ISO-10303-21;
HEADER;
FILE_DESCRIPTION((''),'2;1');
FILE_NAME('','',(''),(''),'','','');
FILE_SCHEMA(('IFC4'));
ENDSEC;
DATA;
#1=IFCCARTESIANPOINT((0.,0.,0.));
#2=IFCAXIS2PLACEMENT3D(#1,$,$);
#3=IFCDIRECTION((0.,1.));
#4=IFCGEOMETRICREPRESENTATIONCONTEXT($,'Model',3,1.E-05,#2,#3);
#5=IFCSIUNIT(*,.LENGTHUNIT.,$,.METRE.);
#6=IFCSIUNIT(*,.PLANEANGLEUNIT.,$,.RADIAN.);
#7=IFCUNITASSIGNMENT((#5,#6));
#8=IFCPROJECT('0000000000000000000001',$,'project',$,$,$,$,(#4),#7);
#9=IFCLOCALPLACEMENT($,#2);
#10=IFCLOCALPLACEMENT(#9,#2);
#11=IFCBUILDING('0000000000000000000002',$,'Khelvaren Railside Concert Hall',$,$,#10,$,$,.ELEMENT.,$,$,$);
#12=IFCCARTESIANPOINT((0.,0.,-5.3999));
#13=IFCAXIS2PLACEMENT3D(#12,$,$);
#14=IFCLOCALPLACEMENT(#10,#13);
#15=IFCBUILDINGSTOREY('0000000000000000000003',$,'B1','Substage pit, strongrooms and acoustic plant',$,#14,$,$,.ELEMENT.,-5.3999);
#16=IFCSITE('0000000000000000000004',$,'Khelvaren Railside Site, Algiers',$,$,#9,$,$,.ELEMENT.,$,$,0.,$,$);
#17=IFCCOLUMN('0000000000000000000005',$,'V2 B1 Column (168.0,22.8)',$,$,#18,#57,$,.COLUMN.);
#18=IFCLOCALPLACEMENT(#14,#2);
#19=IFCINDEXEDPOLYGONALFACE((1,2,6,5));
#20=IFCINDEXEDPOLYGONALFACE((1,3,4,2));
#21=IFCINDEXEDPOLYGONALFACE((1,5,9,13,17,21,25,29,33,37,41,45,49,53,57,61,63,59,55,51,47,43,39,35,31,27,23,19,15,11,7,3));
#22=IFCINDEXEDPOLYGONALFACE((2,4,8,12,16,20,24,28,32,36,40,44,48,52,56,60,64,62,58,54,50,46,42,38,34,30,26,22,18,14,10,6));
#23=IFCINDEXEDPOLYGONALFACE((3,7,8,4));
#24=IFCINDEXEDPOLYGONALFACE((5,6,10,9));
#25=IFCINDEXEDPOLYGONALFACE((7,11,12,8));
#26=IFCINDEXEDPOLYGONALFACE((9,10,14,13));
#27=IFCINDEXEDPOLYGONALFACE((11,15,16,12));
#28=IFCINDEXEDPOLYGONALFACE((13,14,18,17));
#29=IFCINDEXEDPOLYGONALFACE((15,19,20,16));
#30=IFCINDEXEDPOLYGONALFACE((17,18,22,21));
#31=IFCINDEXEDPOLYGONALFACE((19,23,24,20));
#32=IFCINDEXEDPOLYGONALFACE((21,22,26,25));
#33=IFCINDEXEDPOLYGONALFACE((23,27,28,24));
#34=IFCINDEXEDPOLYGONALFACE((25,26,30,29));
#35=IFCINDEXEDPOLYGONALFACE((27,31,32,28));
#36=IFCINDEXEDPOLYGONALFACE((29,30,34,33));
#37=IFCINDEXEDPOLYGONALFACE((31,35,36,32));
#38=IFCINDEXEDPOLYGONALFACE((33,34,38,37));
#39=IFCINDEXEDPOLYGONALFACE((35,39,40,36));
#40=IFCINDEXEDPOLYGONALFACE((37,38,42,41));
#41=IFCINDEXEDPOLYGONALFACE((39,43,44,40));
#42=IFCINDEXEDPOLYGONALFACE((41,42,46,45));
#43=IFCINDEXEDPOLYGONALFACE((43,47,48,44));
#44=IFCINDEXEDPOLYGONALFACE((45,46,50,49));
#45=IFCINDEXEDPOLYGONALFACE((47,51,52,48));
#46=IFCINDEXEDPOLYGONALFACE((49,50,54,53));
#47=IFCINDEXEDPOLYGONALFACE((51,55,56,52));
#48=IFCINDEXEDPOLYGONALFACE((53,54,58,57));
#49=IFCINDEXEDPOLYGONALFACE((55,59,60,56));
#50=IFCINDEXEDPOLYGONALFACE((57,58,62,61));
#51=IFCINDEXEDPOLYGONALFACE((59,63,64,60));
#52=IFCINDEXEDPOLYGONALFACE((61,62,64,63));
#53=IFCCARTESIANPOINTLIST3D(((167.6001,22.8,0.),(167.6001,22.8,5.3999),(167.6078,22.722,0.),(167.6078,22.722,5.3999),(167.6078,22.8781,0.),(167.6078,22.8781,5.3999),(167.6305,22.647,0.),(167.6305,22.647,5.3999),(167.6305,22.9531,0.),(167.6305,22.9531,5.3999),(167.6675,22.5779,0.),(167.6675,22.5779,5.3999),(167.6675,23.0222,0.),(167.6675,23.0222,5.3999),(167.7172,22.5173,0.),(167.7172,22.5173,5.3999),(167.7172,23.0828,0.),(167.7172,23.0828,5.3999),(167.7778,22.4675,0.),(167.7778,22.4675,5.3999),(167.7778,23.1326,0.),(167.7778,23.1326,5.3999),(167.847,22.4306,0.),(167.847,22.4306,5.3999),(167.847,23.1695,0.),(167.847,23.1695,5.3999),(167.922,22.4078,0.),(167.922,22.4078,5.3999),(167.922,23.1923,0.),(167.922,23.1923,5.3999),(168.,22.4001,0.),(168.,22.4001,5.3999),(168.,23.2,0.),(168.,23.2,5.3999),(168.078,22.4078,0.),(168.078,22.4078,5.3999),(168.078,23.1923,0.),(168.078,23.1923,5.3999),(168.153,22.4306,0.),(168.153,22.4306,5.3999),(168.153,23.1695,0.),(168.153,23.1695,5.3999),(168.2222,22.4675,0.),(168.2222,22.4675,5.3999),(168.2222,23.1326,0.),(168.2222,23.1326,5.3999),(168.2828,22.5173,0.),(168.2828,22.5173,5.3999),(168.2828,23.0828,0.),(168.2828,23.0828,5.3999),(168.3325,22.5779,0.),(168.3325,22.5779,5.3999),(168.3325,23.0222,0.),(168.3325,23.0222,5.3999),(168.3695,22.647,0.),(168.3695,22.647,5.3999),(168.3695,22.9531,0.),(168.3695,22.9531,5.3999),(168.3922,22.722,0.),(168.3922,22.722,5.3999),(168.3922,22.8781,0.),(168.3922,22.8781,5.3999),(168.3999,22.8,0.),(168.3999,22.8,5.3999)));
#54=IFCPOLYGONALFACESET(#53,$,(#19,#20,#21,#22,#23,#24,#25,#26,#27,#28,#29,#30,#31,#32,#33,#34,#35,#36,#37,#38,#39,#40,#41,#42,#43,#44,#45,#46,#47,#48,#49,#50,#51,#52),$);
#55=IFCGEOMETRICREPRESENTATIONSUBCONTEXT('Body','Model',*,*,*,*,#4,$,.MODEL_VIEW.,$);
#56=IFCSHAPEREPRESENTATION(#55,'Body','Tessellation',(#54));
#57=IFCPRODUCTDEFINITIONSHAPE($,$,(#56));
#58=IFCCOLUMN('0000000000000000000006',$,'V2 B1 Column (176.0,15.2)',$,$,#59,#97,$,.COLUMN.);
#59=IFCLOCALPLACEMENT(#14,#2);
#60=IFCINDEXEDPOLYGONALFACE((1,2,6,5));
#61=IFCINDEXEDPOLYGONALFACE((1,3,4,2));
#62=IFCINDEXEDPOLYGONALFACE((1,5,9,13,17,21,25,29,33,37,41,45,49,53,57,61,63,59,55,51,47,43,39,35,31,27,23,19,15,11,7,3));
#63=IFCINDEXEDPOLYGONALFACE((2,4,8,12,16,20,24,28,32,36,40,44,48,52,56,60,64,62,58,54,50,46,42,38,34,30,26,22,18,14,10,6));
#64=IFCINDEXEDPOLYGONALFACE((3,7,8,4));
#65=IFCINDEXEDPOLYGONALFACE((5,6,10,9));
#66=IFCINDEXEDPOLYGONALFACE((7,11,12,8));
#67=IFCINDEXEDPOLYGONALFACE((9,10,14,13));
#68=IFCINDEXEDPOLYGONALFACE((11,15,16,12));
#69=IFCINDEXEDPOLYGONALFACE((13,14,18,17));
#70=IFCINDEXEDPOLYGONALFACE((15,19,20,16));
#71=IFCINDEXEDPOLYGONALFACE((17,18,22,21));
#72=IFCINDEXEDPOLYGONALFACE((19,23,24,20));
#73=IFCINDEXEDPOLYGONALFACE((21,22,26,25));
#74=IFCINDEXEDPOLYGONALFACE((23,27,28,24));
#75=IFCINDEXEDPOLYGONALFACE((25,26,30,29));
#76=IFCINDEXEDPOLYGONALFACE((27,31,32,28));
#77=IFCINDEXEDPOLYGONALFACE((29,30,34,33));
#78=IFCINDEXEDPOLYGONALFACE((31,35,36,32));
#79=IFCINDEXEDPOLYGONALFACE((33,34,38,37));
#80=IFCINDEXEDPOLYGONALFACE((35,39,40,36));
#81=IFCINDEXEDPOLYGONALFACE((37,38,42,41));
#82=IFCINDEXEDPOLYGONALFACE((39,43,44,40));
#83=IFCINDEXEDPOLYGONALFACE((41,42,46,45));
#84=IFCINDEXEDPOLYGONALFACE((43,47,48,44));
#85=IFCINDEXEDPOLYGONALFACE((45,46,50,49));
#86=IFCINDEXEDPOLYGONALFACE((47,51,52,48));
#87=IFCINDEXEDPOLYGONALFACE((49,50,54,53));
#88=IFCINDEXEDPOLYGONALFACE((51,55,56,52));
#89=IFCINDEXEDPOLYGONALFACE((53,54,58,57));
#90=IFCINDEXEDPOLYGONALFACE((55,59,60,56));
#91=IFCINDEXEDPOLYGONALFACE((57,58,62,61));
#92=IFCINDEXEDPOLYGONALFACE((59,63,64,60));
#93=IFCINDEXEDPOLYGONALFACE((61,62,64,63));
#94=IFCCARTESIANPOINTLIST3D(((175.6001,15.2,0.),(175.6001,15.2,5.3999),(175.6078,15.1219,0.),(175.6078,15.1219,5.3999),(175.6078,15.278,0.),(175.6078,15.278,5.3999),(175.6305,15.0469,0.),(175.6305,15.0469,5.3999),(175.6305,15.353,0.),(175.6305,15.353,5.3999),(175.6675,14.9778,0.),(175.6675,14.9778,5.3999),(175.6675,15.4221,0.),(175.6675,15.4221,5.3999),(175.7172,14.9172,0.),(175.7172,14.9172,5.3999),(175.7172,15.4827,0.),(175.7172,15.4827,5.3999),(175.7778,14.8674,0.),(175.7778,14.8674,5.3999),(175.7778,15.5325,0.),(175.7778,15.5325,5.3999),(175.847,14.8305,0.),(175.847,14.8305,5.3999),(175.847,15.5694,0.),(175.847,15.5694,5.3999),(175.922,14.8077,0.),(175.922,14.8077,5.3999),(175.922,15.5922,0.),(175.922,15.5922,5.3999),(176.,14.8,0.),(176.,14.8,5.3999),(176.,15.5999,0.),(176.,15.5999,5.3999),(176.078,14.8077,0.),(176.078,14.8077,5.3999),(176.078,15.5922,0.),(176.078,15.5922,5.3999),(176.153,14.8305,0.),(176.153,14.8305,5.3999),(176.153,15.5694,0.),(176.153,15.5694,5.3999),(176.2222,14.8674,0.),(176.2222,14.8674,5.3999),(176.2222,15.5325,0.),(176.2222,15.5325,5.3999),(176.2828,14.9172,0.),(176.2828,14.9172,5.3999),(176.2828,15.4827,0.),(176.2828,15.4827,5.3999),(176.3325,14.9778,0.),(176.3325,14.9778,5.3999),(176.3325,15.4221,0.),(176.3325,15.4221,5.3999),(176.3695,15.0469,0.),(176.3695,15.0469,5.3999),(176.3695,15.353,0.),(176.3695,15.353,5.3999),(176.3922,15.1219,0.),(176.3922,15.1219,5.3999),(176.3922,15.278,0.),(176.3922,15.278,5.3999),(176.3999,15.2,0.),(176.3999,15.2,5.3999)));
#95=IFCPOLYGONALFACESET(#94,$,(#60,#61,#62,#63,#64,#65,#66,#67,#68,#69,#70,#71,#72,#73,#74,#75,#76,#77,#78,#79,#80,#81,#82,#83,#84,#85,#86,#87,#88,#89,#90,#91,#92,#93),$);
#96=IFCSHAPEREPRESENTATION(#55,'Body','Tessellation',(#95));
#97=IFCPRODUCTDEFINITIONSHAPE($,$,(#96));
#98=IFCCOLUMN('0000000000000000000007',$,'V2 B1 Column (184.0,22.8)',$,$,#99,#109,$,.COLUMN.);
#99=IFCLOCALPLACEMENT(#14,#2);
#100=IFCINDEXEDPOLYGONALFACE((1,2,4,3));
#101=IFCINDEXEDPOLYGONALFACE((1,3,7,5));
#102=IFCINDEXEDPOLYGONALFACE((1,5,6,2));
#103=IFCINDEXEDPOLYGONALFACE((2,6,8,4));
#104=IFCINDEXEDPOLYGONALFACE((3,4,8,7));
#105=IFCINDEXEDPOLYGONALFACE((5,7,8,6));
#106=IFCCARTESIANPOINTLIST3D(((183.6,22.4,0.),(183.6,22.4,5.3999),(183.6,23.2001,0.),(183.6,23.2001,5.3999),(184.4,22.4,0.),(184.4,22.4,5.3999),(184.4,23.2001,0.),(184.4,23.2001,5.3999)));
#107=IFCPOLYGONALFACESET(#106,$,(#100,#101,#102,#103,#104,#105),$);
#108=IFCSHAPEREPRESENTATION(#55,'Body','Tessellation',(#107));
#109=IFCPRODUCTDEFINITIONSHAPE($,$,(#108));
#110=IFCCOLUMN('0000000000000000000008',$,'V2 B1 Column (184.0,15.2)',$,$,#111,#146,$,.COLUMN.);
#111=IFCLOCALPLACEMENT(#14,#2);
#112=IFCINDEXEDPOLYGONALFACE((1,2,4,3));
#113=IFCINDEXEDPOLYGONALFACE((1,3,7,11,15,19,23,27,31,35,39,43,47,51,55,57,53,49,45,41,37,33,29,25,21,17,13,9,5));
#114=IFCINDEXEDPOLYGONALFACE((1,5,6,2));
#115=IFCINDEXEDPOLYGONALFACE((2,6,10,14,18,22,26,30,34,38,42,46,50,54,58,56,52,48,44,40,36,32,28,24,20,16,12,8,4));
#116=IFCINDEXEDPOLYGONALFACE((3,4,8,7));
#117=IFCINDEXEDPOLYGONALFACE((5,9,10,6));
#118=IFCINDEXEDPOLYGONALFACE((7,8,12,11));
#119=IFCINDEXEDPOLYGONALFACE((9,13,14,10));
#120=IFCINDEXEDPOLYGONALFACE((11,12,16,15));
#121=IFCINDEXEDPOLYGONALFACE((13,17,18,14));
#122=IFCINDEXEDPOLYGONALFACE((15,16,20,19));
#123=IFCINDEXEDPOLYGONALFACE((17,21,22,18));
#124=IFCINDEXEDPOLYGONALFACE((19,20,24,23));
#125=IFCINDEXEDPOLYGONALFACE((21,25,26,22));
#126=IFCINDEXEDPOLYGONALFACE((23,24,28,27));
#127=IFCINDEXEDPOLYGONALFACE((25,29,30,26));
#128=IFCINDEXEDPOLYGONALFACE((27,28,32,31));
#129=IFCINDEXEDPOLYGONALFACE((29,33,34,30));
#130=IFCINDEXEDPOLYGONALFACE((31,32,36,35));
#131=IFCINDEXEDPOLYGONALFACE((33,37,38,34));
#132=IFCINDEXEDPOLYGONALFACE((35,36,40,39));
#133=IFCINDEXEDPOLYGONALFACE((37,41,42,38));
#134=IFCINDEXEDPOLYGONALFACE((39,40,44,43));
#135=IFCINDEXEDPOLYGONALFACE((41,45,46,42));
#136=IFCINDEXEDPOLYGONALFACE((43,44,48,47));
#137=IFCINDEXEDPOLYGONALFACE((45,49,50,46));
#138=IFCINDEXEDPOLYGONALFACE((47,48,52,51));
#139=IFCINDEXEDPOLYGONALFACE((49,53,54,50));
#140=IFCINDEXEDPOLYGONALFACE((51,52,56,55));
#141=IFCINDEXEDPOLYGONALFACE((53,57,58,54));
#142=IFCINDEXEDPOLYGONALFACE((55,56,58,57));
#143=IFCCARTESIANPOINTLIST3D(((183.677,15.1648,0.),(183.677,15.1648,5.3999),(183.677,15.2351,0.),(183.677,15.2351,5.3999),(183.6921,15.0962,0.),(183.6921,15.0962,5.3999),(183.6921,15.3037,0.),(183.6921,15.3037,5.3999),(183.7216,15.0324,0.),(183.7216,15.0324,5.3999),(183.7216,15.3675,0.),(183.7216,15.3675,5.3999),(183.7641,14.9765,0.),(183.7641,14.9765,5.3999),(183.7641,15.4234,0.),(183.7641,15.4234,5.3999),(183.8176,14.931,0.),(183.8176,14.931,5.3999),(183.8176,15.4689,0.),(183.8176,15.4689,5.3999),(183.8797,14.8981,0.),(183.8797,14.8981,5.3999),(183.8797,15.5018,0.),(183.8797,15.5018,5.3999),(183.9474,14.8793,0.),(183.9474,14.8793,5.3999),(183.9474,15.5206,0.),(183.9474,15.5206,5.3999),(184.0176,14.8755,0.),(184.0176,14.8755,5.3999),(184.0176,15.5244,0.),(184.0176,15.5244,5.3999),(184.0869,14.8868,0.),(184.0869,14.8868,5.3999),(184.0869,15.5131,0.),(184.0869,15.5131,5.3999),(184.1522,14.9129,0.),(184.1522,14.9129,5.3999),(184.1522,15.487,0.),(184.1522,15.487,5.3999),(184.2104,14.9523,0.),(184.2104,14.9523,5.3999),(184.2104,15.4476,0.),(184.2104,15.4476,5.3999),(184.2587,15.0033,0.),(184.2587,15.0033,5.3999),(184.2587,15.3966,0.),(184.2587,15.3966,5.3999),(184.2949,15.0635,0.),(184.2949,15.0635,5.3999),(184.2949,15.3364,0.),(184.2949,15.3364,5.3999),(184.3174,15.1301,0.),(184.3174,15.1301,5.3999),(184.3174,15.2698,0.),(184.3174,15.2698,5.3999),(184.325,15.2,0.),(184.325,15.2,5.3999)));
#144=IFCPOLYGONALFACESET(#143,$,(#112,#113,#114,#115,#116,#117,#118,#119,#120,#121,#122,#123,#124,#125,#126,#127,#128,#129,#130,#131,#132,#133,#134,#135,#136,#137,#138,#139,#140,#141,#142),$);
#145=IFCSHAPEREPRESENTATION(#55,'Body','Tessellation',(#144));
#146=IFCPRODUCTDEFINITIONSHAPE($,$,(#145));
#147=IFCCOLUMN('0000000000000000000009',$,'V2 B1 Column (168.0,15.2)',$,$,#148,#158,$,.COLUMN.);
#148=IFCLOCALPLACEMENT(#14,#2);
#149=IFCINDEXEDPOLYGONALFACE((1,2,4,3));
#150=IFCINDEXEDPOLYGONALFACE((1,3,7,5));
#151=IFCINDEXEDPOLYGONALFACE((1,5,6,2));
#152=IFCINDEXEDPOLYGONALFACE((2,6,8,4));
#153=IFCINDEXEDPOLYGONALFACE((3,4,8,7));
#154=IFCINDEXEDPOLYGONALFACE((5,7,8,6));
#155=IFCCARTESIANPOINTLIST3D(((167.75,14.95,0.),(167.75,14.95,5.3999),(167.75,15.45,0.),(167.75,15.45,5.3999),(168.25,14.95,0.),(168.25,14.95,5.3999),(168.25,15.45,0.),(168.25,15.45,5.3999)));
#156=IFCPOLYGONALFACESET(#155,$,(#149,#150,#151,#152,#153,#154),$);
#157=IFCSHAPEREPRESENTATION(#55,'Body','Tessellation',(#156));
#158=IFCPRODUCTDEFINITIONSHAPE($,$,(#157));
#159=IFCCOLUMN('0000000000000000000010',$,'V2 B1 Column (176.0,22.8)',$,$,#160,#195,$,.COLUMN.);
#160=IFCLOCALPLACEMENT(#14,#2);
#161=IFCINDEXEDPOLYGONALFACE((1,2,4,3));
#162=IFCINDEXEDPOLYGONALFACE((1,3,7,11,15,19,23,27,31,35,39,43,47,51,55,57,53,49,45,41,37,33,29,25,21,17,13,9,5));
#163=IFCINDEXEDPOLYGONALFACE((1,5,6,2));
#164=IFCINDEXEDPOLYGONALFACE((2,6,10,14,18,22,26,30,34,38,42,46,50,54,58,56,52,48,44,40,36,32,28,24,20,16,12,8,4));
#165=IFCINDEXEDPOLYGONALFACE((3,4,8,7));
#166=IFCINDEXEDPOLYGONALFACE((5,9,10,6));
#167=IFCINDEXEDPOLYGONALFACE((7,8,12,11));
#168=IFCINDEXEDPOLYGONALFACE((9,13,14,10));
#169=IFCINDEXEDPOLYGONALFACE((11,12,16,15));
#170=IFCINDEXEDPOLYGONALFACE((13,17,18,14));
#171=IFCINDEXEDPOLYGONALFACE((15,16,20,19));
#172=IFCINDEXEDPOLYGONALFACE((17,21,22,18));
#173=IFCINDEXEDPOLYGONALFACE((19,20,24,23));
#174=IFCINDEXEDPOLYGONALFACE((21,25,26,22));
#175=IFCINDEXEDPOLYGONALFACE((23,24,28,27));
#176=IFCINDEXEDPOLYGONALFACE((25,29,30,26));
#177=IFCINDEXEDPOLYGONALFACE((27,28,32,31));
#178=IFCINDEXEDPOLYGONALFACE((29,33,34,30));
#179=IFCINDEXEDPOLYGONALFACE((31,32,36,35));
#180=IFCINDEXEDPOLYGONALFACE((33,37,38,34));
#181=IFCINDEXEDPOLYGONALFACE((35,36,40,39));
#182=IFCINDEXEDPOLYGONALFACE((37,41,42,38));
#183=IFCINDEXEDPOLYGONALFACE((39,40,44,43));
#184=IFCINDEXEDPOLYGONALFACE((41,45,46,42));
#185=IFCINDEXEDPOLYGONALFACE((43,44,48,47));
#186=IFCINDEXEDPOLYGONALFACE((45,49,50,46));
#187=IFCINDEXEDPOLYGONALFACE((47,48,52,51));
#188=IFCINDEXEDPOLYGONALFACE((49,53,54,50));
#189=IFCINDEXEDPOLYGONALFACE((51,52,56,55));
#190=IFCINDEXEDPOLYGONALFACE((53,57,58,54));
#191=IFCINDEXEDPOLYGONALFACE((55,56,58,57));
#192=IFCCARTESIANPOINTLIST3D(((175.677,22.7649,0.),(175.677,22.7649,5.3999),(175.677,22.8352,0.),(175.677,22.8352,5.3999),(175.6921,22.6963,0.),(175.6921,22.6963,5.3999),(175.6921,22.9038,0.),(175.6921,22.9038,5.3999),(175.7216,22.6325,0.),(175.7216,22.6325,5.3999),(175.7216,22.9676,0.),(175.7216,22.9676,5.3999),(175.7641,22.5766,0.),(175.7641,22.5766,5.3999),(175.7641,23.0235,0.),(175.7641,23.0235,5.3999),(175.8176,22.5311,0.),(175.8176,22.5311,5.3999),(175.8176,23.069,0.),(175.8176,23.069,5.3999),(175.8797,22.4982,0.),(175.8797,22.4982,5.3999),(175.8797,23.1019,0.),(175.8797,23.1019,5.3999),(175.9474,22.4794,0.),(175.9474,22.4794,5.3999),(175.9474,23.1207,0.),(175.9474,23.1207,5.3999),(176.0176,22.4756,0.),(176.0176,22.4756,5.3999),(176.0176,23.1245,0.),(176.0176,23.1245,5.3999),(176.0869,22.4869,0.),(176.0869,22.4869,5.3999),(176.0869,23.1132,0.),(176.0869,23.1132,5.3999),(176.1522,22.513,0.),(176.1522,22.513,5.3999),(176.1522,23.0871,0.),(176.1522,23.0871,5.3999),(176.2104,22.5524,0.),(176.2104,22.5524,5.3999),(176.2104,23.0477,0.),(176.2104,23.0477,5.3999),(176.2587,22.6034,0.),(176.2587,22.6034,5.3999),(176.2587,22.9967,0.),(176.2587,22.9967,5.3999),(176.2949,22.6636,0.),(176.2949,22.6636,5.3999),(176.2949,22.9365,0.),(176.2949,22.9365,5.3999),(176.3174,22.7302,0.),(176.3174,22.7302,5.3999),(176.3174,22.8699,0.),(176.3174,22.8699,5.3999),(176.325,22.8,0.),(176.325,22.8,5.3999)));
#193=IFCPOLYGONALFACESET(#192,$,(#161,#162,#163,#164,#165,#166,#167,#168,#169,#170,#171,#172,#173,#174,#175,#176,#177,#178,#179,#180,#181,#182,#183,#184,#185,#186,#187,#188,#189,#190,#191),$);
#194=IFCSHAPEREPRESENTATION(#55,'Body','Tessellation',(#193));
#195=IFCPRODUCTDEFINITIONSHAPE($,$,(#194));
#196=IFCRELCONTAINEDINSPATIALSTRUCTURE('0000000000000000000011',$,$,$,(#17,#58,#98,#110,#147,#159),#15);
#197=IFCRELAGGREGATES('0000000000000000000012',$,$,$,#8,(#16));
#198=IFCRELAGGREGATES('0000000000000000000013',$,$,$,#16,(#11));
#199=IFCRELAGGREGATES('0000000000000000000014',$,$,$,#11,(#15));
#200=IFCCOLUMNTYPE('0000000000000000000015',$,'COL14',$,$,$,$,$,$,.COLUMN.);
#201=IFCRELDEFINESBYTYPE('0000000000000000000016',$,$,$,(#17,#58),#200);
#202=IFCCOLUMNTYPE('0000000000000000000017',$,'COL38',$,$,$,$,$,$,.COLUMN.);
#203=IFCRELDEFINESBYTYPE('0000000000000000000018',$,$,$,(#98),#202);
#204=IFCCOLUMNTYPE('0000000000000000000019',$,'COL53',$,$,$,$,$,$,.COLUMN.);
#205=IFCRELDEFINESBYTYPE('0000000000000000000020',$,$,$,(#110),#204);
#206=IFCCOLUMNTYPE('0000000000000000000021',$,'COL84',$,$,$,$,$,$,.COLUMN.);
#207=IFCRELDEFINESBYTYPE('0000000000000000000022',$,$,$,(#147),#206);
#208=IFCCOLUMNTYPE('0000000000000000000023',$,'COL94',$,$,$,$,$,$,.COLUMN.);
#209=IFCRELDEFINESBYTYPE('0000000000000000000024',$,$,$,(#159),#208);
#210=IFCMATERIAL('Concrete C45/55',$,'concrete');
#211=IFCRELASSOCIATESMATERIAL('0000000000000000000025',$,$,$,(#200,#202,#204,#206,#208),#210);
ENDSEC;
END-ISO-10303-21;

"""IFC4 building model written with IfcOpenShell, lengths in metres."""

from ifc_helpers import new_model, si_unit, direction, frame, origin, origin_2d, place, context, subcontext, project, spatial, rectangle, circle, extrude, material, material_profile, profile_set, type_object, element, save


model = new_model("IFC4")

# Units and contexts
model_context = context("Model", 3, precision=1e-05, world=origin(), true_north=direction((0.0, 1.0)))
body_context = subcontext(model_context, "Body", "Model", "MODEL_VIEW")
ifc_project = project(units=[si_unit("LENGTHUNIT", "METRE"), si_unit("PLANEANGLEUNIT", "RADIAN")], contexts=[model_context])

# Site, building, storey
site_placement = place(None, origin())
site = spatial("IfcSite", under=ifc_project, at=site_placement, Name="Khelvaren Railside Site, Algiers", CompositionType="ELEMENT", RefElevation=0.0)
building_placement = place(site_placement, origin())
building = spatial("IfcBuilding", under=site, at=building_placement, Name="Khelvaren Railside Concert Hall", CompositionType="ELEMENT")
storey_placement = place(building_placement, frame((0.0, 0.0, -5.3999)))
storey = spatial("IfcBuildingStorey", under=building, at=storey_placement, Name="B1", Description="Substage pit, strongrooms and acoustic plant", CompositionType="ELEMENT", Elevation=-5.3999)

# Columns
ifc_material_1 = material(Name="Concrete C45/55", Category="concrete")
ifc_material_profile_1 = material_profile(ifc_material_1, circle(Radius=0.3999, at=origin_2d()), Name="RC D800")
ifc_profile_set_1 = profile_set([ifc_material_profile_1], Name="Concrete C45/55")
column_type_1 = type_object("IfcColumnType", Name="COL14", PredefinedType="COLUMN", material=ifc_profile_set_1)
for number, where, z_axis, x_axis, name in (
    (1, (168.0, 22.8, 0.0), (0.0, 0.0, 1.0), (1.0, 0.0, 0.0), "V2 B1 Column (168.0,22.8)"),
    (2, (176.0, 15.2, 0.0), (0.0, 0.0, 1.0), (1.0, 0.0, 0.0), "V2 B1 Column (176.0,15.2)"),
):
    element("IfcColumn", number, at=place(storey_placement, frame(where, z_axis=z_axis, x_axis=x_axis)), inside=storey, type_object=column_type_1, Name=name, PredefinedType="COLUMN", context=body_context, shape_type="SweptSolid", body=[
        extrude(circle(Radius=0.3999, at=origin_2d()), origin(), (0.0, 0.0, 1.0), 5.3999),
    ])
ifc_material_profile_2 = material_profile(ifc_material_1, rectangle(XDim=0.8, YDim=0.8, at=origin_2d()), Name="RC 800x800")
ifc_profile_set_2 = profile_set([ifc_material_profile_2], Name="Concrete C45/55")
column_type_2 = type_object("IfcColumnType", Name="COL38", PredefinedType="COLUMN", material=ifc_profile_set_2)
column_1_placement = place(storey_placement, frame((184.0, 22.8, 0.0), z_axis=(0.0, 0.0, 1.0), x_axis=(1.0, 0.0, 0.0)))
element("IfcColumn", 3, at=column_1_placement, inside=storey, type_object=column_type_2, Name="V2 B1 Column (184.0,22.8)", PredefinedType="COLUMN", context=body_context, shape_type="SweptSolid", body=[
    extrude(rectangle(XDim=0.8, YDim=0.8, at=origin_2d()), origin(), (0.0, 0.0, 1.0), 5.3999),
])
ifc_material_profile_3 = material_profile(ifc_material_1, circle(Radius=0.325, at=origin_2d()), Name="RC D650")
ifc_profile_set_3 = profile_set([ifc_material_profile_3], Name="Concrete C45/55")
column_type_3 = type_object("IfcColumnType", Name="COL53", PredefinedType="COLUMN", material=ifc_profile_set_3)
column_2_placement = place(storey_placement, frame((184.0, 15.2, 0.0), z_axis=(0.0, 0.0, 1.0), x_axis=(1.0, 0.0, 0.0)))
element("IfcColumn", 4, at=column_2_placement, inside=storey, type_object=column_type_3, Name="V2 B1 Column (184.0,15.2)", PredefinedType="COLUMN", context=body_context, shape_type="SweptSolid", body=[
    extrude(circle(Radius=0.325, at=origin_2d()), origin(), (0.0, 0.0, 1.0), 5.3999),
])
ifc_material_profile_4 = material_profile(ifc_material_1, rectangle(XDim=0.5, YDim=0.5, at=origin_2d()), Name="RC 500x500")
ifc_profile_set_4 = profile_set([ifc_material_profile_4], Name="Concrete C45/55")
column_type_4 = type_object("IfcColumnType", Name="COL84", PredefinedType="COLUMN", material=ifc_profile_set_4)
column_3_placement = place(storey_placement, frame((168.0, 15.2, 0.0), z_axis=(0.0, 0.0, 1.0), x_axis=(1.0, 0.0, 0.0)))
element("IfcColumn", 5, at=column_3_placement, inside=storey, type_object=column_type_4, Name="V2 B1 Column (168.0,15.2)", PredefinedType="COLUMN", context=body_context, shape_type="SweptSolid", body=[
    extrude(rectangle(XDim=0.5, YDim=0.5, at=origin_2d()), origin(), (0.0, 0.0, 1.0), 5.3999),
])
ifc_material_profile_5 = material_profile(ifc_material_1, circle(Radius=0.325, at=origin_2d()), Name="RC D650")
ifc_profile_set_5 = profile_set([ifc_material_profile_5], Name="Concrete C45/55")
column_type_5 = type_object("IfcColumnType", Name="COL94", PredefinedType="COLUMN", material=ifc_profile_set_5)
column_4_placement = place(storey_placement, frame((176.0, 22.8, 0.0), z_axis=(0.0, 0.0, 1.0), x_axis=(1.0, 0.0, 0.0)))
element("IfcColumn", 6, at=column_4_placement, inside=storey, type_object=column_type_5, Name="V2 B1 Column (176.0,22.8)", PredefinedType="COLUMN", context=body_context, shape_type="SweptSolid", body=[
    extrude(circle(Radius=0.325, at=origin_2d()), origin(), (0.0, 0.0, 1.0), 5.3999),
])

save(model, "model.ifc")
